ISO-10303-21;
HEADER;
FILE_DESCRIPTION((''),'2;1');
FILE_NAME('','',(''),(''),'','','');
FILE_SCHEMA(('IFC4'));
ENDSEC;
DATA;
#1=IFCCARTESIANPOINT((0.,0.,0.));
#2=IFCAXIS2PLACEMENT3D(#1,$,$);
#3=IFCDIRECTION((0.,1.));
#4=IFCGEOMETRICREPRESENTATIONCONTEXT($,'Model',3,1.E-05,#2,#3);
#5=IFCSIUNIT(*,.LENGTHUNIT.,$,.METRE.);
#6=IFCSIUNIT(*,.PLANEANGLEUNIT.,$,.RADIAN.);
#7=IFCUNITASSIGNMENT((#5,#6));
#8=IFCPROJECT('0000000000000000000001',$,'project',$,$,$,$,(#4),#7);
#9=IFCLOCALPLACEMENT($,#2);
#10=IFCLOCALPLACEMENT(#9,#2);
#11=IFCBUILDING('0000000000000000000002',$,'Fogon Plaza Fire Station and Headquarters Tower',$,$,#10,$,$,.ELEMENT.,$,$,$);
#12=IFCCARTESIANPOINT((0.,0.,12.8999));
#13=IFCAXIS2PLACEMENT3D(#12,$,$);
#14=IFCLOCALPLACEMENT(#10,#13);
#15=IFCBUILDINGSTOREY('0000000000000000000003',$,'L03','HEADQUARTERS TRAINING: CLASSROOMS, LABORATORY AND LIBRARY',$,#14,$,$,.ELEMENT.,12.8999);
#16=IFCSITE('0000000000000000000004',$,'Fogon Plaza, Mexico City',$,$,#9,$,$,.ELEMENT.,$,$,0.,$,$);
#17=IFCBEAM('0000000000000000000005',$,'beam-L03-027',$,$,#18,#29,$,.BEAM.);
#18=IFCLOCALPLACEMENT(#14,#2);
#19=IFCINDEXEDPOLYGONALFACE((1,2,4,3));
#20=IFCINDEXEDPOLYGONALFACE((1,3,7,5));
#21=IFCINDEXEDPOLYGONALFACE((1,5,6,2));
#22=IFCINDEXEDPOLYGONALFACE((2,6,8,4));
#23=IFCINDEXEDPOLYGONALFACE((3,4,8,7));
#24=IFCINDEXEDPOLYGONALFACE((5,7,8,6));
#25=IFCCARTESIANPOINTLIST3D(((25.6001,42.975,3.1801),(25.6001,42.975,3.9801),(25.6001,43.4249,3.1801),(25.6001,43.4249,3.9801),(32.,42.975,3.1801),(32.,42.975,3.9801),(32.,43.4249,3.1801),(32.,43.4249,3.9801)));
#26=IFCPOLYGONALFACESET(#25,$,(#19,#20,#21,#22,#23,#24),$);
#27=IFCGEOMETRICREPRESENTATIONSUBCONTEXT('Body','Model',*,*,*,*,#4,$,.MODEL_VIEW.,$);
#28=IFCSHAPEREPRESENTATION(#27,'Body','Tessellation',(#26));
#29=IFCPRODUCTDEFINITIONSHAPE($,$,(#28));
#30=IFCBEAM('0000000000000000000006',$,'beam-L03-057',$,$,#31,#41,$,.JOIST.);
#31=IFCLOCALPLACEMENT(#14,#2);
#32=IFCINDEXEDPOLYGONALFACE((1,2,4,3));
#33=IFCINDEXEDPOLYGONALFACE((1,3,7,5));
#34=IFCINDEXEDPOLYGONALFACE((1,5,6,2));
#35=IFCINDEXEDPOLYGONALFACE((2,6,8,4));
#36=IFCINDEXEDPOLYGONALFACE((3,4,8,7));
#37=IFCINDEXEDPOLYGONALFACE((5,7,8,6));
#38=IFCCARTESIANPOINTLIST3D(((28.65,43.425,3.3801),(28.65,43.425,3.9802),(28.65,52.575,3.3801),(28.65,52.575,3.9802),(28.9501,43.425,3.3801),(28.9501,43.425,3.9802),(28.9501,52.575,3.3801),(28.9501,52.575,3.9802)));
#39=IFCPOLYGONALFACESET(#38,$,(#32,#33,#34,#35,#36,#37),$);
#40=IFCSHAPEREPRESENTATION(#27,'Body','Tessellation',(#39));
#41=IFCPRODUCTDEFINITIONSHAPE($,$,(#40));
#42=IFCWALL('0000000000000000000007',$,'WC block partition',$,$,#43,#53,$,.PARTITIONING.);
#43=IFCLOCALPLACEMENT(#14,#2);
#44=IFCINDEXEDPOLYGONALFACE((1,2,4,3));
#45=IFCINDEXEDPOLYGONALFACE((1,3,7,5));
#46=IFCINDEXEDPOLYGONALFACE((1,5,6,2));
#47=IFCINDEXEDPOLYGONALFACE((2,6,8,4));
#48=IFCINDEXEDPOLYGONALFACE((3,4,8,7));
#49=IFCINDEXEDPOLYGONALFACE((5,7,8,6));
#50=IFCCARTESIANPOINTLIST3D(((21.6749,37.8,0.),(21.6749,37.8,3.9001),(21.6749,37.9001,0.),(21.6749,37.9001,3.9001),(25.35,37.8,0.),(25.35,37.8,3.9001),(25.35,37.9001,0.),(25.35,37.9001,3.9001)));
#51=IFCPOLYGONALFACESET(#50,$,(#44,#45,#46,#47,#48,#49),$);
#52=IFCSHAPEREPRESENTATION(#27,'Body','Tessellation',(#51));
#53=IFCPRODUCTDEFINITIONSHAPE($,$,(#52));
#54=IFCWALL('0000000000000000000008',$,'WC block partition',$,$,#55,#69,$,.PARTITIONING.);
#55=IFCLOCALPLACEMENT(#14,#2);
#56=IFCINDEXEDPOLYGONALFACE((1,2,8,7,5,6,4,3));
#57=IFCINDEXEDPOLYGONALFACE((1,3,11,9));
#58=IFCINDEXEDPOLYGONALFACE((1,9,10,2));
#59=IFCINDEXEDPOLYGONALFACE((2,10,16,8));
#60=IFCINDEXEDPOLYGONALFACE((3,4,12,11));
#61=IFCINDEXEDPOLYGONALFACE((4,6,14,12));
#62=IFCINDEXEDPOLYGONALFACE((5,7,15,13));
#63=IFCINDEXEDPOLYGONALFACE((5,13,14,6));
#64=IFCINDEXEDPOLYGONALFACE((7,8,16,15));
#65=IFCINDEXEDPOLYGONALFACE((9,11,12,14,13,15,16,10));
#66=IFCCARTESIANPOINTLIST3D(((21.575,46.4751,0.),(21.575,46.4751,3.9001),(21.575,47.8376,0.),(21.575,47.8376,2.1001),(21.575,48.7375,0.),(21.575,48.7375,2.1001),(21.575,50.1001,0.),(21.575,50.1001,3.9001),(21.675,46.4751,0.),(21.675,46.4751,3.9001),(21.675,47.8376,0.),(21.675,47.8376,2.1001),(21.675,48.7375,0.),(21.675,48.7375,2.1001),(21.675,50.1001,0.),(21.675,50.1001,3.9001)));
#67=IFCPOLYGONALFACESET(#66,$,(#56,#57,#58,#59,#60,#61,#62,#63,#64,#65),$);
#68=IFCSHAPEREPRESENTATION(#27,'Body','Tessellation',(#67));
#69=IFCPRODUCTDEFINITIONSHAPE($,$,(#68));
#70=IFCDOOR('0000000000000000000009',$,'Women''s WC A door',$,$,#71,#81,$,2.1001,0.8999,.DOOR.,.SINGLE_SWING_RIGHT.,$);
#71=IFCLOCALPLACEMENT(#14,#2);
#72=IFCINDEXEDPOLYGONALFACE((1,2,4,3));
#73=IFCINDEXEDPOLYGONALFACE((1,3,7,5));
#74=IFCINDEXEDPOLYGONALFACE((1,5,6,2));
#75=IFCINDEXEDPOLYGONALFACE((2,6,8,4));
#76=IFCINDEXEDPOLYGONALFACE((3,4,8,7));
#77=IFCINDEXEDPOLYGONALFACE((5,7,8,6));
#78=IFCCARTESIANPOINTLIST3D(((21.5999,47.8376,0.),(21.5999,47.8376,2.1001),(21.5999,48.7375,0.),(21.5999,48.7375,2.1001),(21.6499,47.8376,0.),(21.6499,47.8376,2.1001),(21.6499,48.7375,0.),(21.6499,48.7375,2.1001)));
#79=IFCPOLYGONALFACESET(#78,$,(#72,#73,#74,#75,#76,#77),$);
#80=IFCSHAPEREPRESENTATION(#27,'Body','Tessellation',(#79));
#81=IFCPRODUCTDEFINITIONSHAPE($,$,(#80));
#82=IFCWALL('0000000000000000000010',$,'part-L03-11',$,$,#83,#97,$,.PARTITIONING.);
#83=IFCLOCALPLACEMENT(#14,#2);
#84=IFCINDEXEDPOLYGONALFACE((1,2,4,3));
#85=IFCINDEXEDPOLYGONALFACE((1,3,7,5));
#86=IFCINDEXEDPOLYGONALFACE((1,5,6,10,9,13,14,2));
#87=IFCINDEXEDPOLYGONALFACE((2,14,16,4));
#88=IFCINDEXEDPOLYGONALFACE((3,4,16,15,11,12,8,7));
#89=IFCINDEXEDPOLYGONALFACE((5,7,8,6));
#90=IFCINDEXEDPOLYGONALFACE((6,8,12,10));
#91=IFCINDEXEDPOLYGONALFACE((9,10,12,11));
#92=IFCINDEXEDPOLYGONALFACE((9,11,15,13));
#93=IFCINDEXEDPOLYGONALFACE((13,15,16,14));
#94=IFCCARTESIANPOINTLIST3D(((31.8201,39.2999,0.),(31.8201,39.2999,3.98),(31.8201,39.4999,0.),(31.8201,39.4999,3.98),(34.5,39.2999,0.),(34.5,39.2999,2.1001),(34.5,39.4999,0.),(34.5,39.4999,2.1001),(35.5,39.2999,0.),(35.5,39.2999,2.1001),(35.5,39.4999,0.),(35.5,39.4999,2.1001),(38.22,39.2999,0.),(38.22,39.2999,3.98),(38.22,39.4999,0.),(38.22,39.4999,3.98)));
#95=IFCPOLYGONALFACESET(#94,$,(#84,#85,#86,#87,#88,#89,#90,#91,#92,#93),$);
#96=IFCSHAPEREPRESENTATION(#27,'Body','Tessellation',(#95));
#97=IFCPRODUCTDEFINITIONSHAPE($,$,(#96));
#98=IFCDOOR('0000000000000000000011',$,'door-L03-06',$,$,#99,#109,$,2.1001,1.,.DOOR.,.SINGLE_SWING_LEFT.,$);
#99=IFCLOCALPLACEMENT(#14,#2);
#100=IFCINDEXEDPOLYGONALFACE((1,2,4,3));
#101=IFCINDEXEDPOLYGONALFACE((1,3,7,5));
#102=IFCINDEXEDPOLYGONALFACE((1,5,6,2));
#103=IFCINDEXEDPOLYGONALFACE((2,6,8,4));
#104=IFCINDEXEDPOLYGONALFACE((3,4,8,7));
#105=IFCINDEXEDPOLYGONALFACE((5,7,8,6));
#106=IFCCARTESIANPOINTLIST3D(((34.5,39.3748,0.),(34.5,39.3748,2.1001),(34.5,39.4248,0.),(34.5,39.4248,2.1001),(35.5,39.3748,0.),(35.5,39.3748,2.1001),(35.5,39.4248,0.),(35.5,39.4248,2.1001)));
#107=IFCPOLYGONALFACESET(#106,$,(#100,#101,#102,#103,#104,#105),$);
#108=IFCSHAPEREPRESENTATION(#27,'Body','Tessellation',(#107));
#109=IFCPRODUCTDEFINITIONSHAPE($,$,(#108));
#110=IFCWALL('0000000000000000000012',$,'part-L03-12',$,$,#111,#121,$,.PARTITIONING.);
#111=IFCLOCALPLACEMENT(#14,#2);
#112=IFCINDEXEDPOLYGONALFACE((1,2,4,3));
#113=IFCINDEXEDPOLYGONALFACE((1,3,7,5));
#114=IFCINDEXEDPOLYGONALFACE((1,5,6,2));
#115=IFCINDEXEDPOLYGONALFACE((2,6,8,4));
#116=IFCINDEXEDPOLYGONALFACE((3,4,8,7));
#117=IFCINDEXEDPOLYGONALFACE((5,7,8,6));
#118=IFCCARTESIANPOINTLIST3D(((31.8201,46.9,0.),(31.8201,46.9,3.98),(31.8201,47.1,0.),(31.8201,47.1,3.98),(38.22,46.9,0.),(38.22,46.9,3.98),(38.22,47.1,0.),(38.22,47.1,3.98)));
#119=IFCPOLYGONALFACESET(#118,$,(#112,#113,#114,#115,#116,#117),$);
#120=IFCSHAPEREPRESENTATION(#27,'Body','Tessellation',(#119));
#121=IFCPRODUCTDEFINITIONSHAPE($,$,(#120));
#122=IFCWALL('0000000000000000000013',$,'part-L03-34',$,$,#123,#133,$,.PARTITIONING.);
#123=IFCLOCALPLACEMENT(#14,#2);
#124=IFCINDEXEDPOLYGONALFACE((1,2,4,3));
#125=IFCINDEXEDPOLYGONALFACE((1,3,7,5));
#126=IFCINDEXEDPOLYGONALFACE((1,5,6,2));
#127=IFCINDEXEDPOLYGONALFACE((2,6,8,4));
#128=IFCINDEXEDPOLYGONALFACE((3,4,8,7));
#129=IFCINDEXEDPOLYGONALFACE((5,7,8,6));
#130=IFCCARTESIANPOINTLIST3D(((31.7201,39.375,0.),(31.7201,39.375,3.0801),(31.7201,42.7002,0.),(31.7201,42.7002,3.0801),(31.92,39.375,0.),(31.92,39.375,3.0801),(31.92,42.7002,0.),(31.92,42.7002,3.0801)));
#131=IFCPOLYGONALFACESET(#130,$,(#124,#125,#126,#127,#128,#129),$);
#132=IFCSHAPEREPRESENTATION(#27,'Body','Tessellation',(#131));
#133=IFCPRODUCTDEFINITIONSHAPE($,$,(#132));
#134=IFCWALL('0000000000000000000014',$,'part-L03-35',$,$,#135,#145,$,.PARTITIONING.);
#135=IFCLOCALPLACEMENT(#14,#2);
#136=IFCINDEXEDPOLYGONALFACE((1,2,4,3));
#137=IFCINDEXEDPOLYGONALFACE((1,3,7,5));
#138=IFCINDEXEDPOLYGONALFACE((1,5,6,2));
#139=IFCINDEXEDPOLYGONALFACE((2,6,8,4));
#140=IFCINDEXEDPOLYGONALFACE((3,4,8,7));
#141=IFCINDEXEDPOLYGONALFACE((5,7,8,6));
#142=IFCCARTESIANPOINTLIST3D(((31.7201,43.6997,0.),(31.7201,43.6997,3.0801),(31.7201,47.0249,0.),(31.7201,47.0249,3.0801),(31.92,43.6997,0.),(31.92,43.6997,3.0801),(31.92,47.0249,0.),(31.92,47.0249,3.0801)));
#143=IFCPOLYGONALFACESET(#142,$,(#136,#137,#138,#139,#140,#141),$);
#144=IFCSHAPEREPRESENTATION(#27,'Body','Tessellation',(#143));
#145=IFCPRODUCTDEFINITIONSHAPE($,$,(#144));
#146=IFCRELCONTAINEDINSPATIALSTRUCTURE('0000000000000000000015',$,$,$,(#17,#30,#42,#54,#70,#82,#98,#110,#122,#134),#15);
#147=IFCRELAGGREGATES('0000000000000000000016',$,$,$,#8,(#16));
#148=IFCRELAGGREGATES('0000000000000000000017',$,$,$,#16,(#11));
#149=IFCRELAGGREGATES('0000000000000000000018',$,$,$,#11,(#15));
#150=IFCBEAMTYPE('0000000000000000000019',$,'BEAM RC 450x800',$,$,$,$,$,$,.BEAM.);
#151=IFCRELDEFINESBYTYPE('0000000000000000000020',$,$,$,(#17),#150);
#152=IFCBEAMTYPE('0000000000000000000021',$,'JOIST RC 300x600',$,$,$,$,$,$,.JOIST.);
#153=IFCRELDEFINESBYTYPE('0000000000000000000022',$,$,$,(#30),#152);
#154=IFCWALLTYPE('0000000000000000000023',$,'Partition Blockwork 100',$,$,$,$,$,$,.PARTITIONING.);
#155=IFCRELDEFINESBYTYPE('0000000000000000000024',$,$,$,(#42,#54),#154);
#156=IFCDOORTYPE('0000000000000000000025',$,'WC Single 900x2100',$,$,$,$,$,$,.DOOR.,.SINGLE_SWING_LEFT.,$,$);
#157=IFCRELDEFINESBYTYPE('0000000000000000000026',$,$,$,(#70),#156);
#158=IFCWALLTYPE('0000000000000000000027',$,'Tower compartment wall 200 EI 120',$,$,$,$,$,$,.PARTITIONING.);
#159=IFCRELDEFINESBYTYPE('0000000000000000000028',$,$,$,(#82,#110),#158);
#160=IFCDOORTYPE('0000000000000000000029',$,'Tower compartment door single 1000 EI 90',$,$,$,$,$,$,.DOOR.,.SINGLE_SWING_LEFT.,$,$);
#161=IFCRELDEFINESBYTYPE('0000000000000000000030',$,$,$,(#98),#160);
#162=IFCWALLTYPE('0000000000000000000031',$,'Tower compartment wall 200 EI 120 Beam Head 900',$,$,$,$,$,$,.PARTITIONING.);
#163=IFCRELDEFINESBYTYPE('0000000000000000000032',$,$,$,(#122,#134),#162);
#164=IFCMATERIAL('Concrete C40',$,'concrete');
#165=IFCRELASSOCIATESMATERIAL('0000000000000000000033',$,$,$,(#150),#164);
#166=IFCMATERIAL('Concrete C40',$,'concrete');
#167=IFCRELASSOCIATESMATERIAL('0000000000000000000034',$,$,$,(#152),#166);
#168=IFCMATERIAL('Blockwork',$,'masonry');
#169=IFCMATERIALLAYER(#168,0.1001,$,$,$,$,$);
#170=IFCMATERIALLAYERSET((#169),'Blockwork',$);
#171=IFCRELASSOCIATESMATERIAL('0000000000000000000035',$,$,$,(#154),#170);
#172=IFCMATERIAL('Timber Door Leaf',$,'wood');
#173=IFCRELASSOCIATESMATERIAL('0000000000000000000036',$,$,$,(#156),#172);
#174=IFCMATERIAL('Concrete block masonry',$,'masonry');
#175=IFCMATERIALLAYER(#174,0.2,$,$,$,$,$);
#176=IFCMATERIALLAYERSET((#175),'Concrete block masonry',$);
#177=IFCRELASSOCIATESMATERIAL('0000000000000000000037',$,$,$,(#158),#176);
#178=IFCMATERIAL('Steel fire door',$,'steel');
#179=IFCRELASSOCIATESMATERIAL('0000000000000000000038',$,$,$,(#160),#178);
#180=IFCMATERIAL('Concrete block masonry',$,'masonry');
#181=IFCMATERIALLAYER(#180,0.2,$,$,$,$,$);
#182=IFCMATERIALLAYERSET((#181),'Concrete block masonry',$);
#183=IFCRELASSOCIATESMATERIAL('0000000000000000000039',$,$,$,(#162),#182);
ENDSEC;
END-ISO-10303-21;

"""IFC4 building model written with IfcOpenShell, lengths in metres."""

from ifc_helpers import new_model, si_unit, direction, frame, frame_2d, origin, origin_2d, place, context, subcontext, project, spatial, rectangle, extrude, material, layer, layer_set, material_profile, profile_set, type_object, element, fill, save


model = new_model("IFC4")

# Units and contexts
model_context = context("Model", 3, precision=1e-05, world=origin(), true_north=direction((0.0, 1.0)))
body_context = subcontext(model_context, "Body", "Model", "MODEL_VIEW")
ifc_project = project(units=[si_unit("LENGTHUNIT", "METRE"), si_unit("PLANEANGLEUNIT", "RADIAN")], contexts=[model_context])

# Site, building, storey
site_placement = place(None, origin())
site = spatial("IfcSite", under=ifc_project, at=site_placement, Name="Fogon Plaza, Mexico City", CompositionType="ELEMENT", RefElevation=0.0)
building_placement = place(site_placement, origin())
building = spatial("IfcBuilding", under=site, at=building_placement, Name="Fogon Plaza Fire Station and Headquarters Tower", CompositionType="ELEMENT")
storey_placement = place(building_placement, frame((0.0, 0.0, 12.8999)))
storey = spatial("IfcBuildingStorey", under=building, at=storey_placement, Name="L03", Description="HEADQUARTERS TRAINING: CLASSROOMS, LABORATORY AND LIBRARY", CompositionType="ELEMENT", Elevation=12.8999)

# Beams
ifc_material_1 = material(Name="Concrete C40", Category="concrete")
ifc_material_profile_1 = material_profile(ifc_material_1, rectangle(XDim=0.45, YDim=0.8, at=origin_2d()), Name="RC 450x800")
ifc_profile_set_1 = profile_set([ifc_material_profile_1], Name="Concrete C40")
beam_type_1 = type_object("IfcBeamType", Name="BEAM RC 450x800", PredefinedType="BEAM", material=ifc_profile_set_1)
beam_1_placement = place(storey_placement, frame((25.6001, 43.2, 3.5801), z_axis=(1.0, 0.0, 0.0), x_axis=(0.0, 1.0, 0.0)))
element("IfcBeam", 1, at=beam_1_placement, inside=storey, type_object=beam_type_1, Name="beam-L03-027", PredefinedType="BEAM", context=body_context, shape_type="SweptSolid", body=[
    extrude(rectangle(XDim=0.45, YDim=0.8, at=origin_2d()), origin(), (0.0, 0.0, 1.0), 6.3999),
])
ifc_material_2 = material(Name="Concrete C40", Category="concrete")
ifc_material_profile_2 = material_profile(ifc_material_2, rectangle(XDim=0.3, YDim=0.6001, at=origin_2d()), Name="RC 300x600")
ifc_profile_set_2 = profile_set([ifc_material_profile_2], Name="Concrete C40")
beam_type_2 = type_object("IfcBeamType", Name="JOIST RC 300x600", PredefinedType="JOIST", material=ifc_profile_set_2)
beam_2_placement = place(storey_placement, frame((28.8, 43.425, 3.6802), z_axis=(0.0, 1.0, 0.0), x_axis=(-1.0, 0.0, 0.0)))
element("IfcBeam", 2, at=beam_2_placement, inside=storey, type_object=beam_type_2, Name="beam-L03-057", PredefinedType="JOIST", context=body_context, shape_type="SweptSolid", body=[
    extrude(rectangle(XDim=0.3, YDim=0.6001, at=origin_2d()), origin(), (0.0, 0.0, 1.0), 9.1499),
])

# Wall
ifc_material_3 = material(Name="Blockwork", Category="masonry")
ifc_layer_1 = layer(ifc_material_3, 0.1001)
ifc_layer_set_1 = layer_set([ifc_layer_1], Name="Blockwork")
wall_type_1 = type_object("IfcWallType", Name="Partition Blockwork 100", PredefinedType="PARTITIONING", material=ifc_layer_set_1)
wall_1_placement = place(storey_placement, frame((21.675, 37.8501, 0.0), z_axis=(0.0, 0.0, 1.0), x_axis=(1.0, 0.0, 0.0)))
element("IfcWall", 3, at=wall_1_placement, inside=storey, type_object=wall_type_1, Name="WC block partition", PredefinedType="PARTITIONING", context=body_context, shape_type="SweptSolid", body=[
    extrude(rectangle(XDim=3.675, YDim=0.1001, at=frame_2d((1.8374, 0.0))), origin(), (0.0, 0.0, 1.0), 3.9001),
])

# Walls, openings, doors
wall_2_placement = place(storey_placement, frame((21.625, 46.4751, 0.0), z_axis=(0.0, 0.0, 1.0), x_axis=(0.0, 1.0, 0.0)))
wall_2 = element("IfcWall", 4, at=wall_2_placement, inside=storey, type_object=wall_type_1, Name="WC block partition", PredefinedType="PARTITIONING", context=body_context, shape_type="SweptSolid", body=[
    extrude(rectangle(XDim=3.625, YDim=0.1001, at=frame_2d((1.8125, 0.0))), origin(), (0.0, 0.0, 1.0), 3.9001),
])
opening_1_placement = place(wall_2_placement, frame((1.3625, 0.0, 0.0)))
opening_1 = element("IfcOpeningElement", 5, at=opening_1_placement, cuts=wall_2, PredefinedType="OPENING", context=body_context, shape_type="SweptSolid", body=[
    extrude(rectangle(XDim=0.8999, YDim=2.1001, at=frame_2d((0.45, 1.05))), frame((0.0, 0.0601, 0.0), z_axis=(0.0, -1.0, 0.0), x_axis=(1.0, 0.0, 0.0)), (0.0, 0.0, 1.0), 0.1201),
])
ifc_material_4 = material(Name="Timber Door Leaf", Category="wood")
door_type_1 = type_object("IfcDoorType", Name="WC Single 900x2100", OperationType="SINGLE_SWING_LEFT", PredefinedType="DOOR", material=ifc_material_4)
door_1_placement = place(opening_1_placement, frame((0.8999, 0.0, 0.0), z_axis=(0.0, 0.0, 1.0), x_axis=(-1.0, 0.0, 0.0)))
door_1 = element("IfcDoor", 6, at=door_1_placement, inside=storey, type_object=door_type_1, Name="Women's WC A door", OperationType="SINGLE_SWING_RIGHT", OverallHeight=2.1001, OverallWidth=0.8999, PredefinedType="DOOR", context=body_context, shape_type="SweptSolid", body=[
    extrude(rectangle(XDim=0.8999, YDim=2.1001, at=frame_2d((0.45, 1.05))), frame((0.0, 0.0249, 0.0), z_axis=(0.0, -1.0, 0.0), x_axis=(1.0, 0.0, 0.0)), (0.0, 0.0, 1.0), 0.05),
])
fill(opening_1, door_1)
ifc_material_5 = material(Name="Concrete block masonry", Category="masonry")
ifc_layer_2 = layer(ifc_material_5, 0.2)
ifc_layer_set_2 = layer_set([ifc_layer_2], Name="Concrete block masonry")
wall_type_2 = type_object("IfcWallType", Name="Tower compartment wall 200 EI 120", PredefinedType="PARTITIONING", material=ifc_layer_set_2)
wall_3_placement = place(storey_placement, frame((31.8201, 39.3999, 0.0), z_axis=(0.0, 0.0, 1.0), x_axis=(1.0, 0.0, 0.0)))
wall_3 = element("IfcWall", 7, at=wall_3_placement, inside=storey, type_object=wall_type_2, Name="part-L03-11", PredefinedType="PARTITIONING", context=body_context, shape_type="SweptSolid", body=[
    extrude(rectangle(XDim=6.3999, YDim=0.2, at=frame_2d((3.2, 0.0))), origin(), (0.0, 0.0, 1.0), 3.98),
])
opening_2_placement = place(wall_3_placement, frame((2.6799, 0.0, 0.0)))
opening_2 = element("IfcOpeningElement", 8, at=opening_2_placement, cuts=wall_3, PredefinedType="OPENING", context=body_context, shape_type="SweptSolid", body=[
    extrude(rectangle(XDim=1.0, YDim=2.1001, at=frame_2d((0.5, 1.05))), frame((0.0, 0.1099, 0.0), z_axis=(0.0, -1.0, 0.0), x_axis=(1.0, 0.0, 0.0)), (0.0, 0.0, 1.0), 0.22),
])
ifc_material_6 = material(Name="Steel fire door", Category="steel")
door_type_2 = type_object("IfcDoorType", Name="Tower compartment door single 1000 EI 90", OperationType="SINGLE_SWING_LEFT", PredefinedType="DOOR", material=ifc_material_6)
door_2_placement = place(opening_2_placement, origin())
door_2 = element("IfcDoor", 9, at=door_2_placement, inside=storey, type_object=door_type_2, Name="door-L03-06", OperationType="SINGLE_SWING_LEFT", OverallHeight=2.1001, OverallWidth=1.0, PredefinedType="DOOR", context=body_context, shape_type="SweptSolid", body=[
    extrude(rectangle(XDim=1.0, YDim=2.1001, at=frame_2d((0.5, 1.05))), frame((0.0, 0.0249, 0.0), z_axis=(0.0, -1.0, 0.0), x_axis=(1.0, 0.0, 0.0)), (0.0, 0.0, 1.0), 0.05),
])
fill(opening_2, door_2)

# Walls
wall_4_placement = place(storey_placement, frame((31.8201, 47.0, 0.0), z_axis=(0.0, 0.0, 1.0), x_axis=(1.0, 0.0, 0.0)))
element("IfcWall", 10, at=wall_4_placement, inside=storey, type_object=wall_type_2, Name="part-L03-12", PredefinedType="PARTITIONING", context=body_context, shape_type="SweptSolid", body=[
    extrude(rectangle(XDim=6.3999, YDim=0.2, at=frame_2d((3.2, 0.0))), origin(), (0.0, 0.0, 1.0), 3.98),
])
ifc_material_7 = material(Name="Concrete block masonry", Category="masonry")
ifc_layer_3 = layer(ifc_material_7, 0.2)
ifc_layer_set_3 = layer_set([ifc_layer_3], Name="Concrete block masonry")
wall_type_3 = type_object("IfcWallType", Name="Tower compartment wall 200 EI 120 Beam Head 900", PredefinedType="PARTITIONING", material=ifc_layer_set_3)
for number, where, z_axis, x_axis, name in (
    (11, (31.8201, 39.375, 0.0), (0.0, 0.0, 1.0), (0.0, 1.0, 0.0), "part-L03-34"),
    (12, (31.8201, 43.6997, 0.0), (0.0, 0.0, 1.0), (0.0, 1.0, 0.0), "part-L03-35"),
):
    element("IfcWall", number, at=place(storey_placement, frame(where, z_axis=z_axis, x_axis=x_axis)), inside=storey, type_object=wall_type_3, Name=name, PredefinedType="PARTITIONING", context=body_context, shape_type="SweptSolid", body=[
        extrude(rectangle(XDim=3.3252, YDim=0.2, at=frame_2d((1.6626, 0.0))), origin(), (0.0, 0.0, 1.0), 3.0801),
    ])

save(model, "model.ifc")
